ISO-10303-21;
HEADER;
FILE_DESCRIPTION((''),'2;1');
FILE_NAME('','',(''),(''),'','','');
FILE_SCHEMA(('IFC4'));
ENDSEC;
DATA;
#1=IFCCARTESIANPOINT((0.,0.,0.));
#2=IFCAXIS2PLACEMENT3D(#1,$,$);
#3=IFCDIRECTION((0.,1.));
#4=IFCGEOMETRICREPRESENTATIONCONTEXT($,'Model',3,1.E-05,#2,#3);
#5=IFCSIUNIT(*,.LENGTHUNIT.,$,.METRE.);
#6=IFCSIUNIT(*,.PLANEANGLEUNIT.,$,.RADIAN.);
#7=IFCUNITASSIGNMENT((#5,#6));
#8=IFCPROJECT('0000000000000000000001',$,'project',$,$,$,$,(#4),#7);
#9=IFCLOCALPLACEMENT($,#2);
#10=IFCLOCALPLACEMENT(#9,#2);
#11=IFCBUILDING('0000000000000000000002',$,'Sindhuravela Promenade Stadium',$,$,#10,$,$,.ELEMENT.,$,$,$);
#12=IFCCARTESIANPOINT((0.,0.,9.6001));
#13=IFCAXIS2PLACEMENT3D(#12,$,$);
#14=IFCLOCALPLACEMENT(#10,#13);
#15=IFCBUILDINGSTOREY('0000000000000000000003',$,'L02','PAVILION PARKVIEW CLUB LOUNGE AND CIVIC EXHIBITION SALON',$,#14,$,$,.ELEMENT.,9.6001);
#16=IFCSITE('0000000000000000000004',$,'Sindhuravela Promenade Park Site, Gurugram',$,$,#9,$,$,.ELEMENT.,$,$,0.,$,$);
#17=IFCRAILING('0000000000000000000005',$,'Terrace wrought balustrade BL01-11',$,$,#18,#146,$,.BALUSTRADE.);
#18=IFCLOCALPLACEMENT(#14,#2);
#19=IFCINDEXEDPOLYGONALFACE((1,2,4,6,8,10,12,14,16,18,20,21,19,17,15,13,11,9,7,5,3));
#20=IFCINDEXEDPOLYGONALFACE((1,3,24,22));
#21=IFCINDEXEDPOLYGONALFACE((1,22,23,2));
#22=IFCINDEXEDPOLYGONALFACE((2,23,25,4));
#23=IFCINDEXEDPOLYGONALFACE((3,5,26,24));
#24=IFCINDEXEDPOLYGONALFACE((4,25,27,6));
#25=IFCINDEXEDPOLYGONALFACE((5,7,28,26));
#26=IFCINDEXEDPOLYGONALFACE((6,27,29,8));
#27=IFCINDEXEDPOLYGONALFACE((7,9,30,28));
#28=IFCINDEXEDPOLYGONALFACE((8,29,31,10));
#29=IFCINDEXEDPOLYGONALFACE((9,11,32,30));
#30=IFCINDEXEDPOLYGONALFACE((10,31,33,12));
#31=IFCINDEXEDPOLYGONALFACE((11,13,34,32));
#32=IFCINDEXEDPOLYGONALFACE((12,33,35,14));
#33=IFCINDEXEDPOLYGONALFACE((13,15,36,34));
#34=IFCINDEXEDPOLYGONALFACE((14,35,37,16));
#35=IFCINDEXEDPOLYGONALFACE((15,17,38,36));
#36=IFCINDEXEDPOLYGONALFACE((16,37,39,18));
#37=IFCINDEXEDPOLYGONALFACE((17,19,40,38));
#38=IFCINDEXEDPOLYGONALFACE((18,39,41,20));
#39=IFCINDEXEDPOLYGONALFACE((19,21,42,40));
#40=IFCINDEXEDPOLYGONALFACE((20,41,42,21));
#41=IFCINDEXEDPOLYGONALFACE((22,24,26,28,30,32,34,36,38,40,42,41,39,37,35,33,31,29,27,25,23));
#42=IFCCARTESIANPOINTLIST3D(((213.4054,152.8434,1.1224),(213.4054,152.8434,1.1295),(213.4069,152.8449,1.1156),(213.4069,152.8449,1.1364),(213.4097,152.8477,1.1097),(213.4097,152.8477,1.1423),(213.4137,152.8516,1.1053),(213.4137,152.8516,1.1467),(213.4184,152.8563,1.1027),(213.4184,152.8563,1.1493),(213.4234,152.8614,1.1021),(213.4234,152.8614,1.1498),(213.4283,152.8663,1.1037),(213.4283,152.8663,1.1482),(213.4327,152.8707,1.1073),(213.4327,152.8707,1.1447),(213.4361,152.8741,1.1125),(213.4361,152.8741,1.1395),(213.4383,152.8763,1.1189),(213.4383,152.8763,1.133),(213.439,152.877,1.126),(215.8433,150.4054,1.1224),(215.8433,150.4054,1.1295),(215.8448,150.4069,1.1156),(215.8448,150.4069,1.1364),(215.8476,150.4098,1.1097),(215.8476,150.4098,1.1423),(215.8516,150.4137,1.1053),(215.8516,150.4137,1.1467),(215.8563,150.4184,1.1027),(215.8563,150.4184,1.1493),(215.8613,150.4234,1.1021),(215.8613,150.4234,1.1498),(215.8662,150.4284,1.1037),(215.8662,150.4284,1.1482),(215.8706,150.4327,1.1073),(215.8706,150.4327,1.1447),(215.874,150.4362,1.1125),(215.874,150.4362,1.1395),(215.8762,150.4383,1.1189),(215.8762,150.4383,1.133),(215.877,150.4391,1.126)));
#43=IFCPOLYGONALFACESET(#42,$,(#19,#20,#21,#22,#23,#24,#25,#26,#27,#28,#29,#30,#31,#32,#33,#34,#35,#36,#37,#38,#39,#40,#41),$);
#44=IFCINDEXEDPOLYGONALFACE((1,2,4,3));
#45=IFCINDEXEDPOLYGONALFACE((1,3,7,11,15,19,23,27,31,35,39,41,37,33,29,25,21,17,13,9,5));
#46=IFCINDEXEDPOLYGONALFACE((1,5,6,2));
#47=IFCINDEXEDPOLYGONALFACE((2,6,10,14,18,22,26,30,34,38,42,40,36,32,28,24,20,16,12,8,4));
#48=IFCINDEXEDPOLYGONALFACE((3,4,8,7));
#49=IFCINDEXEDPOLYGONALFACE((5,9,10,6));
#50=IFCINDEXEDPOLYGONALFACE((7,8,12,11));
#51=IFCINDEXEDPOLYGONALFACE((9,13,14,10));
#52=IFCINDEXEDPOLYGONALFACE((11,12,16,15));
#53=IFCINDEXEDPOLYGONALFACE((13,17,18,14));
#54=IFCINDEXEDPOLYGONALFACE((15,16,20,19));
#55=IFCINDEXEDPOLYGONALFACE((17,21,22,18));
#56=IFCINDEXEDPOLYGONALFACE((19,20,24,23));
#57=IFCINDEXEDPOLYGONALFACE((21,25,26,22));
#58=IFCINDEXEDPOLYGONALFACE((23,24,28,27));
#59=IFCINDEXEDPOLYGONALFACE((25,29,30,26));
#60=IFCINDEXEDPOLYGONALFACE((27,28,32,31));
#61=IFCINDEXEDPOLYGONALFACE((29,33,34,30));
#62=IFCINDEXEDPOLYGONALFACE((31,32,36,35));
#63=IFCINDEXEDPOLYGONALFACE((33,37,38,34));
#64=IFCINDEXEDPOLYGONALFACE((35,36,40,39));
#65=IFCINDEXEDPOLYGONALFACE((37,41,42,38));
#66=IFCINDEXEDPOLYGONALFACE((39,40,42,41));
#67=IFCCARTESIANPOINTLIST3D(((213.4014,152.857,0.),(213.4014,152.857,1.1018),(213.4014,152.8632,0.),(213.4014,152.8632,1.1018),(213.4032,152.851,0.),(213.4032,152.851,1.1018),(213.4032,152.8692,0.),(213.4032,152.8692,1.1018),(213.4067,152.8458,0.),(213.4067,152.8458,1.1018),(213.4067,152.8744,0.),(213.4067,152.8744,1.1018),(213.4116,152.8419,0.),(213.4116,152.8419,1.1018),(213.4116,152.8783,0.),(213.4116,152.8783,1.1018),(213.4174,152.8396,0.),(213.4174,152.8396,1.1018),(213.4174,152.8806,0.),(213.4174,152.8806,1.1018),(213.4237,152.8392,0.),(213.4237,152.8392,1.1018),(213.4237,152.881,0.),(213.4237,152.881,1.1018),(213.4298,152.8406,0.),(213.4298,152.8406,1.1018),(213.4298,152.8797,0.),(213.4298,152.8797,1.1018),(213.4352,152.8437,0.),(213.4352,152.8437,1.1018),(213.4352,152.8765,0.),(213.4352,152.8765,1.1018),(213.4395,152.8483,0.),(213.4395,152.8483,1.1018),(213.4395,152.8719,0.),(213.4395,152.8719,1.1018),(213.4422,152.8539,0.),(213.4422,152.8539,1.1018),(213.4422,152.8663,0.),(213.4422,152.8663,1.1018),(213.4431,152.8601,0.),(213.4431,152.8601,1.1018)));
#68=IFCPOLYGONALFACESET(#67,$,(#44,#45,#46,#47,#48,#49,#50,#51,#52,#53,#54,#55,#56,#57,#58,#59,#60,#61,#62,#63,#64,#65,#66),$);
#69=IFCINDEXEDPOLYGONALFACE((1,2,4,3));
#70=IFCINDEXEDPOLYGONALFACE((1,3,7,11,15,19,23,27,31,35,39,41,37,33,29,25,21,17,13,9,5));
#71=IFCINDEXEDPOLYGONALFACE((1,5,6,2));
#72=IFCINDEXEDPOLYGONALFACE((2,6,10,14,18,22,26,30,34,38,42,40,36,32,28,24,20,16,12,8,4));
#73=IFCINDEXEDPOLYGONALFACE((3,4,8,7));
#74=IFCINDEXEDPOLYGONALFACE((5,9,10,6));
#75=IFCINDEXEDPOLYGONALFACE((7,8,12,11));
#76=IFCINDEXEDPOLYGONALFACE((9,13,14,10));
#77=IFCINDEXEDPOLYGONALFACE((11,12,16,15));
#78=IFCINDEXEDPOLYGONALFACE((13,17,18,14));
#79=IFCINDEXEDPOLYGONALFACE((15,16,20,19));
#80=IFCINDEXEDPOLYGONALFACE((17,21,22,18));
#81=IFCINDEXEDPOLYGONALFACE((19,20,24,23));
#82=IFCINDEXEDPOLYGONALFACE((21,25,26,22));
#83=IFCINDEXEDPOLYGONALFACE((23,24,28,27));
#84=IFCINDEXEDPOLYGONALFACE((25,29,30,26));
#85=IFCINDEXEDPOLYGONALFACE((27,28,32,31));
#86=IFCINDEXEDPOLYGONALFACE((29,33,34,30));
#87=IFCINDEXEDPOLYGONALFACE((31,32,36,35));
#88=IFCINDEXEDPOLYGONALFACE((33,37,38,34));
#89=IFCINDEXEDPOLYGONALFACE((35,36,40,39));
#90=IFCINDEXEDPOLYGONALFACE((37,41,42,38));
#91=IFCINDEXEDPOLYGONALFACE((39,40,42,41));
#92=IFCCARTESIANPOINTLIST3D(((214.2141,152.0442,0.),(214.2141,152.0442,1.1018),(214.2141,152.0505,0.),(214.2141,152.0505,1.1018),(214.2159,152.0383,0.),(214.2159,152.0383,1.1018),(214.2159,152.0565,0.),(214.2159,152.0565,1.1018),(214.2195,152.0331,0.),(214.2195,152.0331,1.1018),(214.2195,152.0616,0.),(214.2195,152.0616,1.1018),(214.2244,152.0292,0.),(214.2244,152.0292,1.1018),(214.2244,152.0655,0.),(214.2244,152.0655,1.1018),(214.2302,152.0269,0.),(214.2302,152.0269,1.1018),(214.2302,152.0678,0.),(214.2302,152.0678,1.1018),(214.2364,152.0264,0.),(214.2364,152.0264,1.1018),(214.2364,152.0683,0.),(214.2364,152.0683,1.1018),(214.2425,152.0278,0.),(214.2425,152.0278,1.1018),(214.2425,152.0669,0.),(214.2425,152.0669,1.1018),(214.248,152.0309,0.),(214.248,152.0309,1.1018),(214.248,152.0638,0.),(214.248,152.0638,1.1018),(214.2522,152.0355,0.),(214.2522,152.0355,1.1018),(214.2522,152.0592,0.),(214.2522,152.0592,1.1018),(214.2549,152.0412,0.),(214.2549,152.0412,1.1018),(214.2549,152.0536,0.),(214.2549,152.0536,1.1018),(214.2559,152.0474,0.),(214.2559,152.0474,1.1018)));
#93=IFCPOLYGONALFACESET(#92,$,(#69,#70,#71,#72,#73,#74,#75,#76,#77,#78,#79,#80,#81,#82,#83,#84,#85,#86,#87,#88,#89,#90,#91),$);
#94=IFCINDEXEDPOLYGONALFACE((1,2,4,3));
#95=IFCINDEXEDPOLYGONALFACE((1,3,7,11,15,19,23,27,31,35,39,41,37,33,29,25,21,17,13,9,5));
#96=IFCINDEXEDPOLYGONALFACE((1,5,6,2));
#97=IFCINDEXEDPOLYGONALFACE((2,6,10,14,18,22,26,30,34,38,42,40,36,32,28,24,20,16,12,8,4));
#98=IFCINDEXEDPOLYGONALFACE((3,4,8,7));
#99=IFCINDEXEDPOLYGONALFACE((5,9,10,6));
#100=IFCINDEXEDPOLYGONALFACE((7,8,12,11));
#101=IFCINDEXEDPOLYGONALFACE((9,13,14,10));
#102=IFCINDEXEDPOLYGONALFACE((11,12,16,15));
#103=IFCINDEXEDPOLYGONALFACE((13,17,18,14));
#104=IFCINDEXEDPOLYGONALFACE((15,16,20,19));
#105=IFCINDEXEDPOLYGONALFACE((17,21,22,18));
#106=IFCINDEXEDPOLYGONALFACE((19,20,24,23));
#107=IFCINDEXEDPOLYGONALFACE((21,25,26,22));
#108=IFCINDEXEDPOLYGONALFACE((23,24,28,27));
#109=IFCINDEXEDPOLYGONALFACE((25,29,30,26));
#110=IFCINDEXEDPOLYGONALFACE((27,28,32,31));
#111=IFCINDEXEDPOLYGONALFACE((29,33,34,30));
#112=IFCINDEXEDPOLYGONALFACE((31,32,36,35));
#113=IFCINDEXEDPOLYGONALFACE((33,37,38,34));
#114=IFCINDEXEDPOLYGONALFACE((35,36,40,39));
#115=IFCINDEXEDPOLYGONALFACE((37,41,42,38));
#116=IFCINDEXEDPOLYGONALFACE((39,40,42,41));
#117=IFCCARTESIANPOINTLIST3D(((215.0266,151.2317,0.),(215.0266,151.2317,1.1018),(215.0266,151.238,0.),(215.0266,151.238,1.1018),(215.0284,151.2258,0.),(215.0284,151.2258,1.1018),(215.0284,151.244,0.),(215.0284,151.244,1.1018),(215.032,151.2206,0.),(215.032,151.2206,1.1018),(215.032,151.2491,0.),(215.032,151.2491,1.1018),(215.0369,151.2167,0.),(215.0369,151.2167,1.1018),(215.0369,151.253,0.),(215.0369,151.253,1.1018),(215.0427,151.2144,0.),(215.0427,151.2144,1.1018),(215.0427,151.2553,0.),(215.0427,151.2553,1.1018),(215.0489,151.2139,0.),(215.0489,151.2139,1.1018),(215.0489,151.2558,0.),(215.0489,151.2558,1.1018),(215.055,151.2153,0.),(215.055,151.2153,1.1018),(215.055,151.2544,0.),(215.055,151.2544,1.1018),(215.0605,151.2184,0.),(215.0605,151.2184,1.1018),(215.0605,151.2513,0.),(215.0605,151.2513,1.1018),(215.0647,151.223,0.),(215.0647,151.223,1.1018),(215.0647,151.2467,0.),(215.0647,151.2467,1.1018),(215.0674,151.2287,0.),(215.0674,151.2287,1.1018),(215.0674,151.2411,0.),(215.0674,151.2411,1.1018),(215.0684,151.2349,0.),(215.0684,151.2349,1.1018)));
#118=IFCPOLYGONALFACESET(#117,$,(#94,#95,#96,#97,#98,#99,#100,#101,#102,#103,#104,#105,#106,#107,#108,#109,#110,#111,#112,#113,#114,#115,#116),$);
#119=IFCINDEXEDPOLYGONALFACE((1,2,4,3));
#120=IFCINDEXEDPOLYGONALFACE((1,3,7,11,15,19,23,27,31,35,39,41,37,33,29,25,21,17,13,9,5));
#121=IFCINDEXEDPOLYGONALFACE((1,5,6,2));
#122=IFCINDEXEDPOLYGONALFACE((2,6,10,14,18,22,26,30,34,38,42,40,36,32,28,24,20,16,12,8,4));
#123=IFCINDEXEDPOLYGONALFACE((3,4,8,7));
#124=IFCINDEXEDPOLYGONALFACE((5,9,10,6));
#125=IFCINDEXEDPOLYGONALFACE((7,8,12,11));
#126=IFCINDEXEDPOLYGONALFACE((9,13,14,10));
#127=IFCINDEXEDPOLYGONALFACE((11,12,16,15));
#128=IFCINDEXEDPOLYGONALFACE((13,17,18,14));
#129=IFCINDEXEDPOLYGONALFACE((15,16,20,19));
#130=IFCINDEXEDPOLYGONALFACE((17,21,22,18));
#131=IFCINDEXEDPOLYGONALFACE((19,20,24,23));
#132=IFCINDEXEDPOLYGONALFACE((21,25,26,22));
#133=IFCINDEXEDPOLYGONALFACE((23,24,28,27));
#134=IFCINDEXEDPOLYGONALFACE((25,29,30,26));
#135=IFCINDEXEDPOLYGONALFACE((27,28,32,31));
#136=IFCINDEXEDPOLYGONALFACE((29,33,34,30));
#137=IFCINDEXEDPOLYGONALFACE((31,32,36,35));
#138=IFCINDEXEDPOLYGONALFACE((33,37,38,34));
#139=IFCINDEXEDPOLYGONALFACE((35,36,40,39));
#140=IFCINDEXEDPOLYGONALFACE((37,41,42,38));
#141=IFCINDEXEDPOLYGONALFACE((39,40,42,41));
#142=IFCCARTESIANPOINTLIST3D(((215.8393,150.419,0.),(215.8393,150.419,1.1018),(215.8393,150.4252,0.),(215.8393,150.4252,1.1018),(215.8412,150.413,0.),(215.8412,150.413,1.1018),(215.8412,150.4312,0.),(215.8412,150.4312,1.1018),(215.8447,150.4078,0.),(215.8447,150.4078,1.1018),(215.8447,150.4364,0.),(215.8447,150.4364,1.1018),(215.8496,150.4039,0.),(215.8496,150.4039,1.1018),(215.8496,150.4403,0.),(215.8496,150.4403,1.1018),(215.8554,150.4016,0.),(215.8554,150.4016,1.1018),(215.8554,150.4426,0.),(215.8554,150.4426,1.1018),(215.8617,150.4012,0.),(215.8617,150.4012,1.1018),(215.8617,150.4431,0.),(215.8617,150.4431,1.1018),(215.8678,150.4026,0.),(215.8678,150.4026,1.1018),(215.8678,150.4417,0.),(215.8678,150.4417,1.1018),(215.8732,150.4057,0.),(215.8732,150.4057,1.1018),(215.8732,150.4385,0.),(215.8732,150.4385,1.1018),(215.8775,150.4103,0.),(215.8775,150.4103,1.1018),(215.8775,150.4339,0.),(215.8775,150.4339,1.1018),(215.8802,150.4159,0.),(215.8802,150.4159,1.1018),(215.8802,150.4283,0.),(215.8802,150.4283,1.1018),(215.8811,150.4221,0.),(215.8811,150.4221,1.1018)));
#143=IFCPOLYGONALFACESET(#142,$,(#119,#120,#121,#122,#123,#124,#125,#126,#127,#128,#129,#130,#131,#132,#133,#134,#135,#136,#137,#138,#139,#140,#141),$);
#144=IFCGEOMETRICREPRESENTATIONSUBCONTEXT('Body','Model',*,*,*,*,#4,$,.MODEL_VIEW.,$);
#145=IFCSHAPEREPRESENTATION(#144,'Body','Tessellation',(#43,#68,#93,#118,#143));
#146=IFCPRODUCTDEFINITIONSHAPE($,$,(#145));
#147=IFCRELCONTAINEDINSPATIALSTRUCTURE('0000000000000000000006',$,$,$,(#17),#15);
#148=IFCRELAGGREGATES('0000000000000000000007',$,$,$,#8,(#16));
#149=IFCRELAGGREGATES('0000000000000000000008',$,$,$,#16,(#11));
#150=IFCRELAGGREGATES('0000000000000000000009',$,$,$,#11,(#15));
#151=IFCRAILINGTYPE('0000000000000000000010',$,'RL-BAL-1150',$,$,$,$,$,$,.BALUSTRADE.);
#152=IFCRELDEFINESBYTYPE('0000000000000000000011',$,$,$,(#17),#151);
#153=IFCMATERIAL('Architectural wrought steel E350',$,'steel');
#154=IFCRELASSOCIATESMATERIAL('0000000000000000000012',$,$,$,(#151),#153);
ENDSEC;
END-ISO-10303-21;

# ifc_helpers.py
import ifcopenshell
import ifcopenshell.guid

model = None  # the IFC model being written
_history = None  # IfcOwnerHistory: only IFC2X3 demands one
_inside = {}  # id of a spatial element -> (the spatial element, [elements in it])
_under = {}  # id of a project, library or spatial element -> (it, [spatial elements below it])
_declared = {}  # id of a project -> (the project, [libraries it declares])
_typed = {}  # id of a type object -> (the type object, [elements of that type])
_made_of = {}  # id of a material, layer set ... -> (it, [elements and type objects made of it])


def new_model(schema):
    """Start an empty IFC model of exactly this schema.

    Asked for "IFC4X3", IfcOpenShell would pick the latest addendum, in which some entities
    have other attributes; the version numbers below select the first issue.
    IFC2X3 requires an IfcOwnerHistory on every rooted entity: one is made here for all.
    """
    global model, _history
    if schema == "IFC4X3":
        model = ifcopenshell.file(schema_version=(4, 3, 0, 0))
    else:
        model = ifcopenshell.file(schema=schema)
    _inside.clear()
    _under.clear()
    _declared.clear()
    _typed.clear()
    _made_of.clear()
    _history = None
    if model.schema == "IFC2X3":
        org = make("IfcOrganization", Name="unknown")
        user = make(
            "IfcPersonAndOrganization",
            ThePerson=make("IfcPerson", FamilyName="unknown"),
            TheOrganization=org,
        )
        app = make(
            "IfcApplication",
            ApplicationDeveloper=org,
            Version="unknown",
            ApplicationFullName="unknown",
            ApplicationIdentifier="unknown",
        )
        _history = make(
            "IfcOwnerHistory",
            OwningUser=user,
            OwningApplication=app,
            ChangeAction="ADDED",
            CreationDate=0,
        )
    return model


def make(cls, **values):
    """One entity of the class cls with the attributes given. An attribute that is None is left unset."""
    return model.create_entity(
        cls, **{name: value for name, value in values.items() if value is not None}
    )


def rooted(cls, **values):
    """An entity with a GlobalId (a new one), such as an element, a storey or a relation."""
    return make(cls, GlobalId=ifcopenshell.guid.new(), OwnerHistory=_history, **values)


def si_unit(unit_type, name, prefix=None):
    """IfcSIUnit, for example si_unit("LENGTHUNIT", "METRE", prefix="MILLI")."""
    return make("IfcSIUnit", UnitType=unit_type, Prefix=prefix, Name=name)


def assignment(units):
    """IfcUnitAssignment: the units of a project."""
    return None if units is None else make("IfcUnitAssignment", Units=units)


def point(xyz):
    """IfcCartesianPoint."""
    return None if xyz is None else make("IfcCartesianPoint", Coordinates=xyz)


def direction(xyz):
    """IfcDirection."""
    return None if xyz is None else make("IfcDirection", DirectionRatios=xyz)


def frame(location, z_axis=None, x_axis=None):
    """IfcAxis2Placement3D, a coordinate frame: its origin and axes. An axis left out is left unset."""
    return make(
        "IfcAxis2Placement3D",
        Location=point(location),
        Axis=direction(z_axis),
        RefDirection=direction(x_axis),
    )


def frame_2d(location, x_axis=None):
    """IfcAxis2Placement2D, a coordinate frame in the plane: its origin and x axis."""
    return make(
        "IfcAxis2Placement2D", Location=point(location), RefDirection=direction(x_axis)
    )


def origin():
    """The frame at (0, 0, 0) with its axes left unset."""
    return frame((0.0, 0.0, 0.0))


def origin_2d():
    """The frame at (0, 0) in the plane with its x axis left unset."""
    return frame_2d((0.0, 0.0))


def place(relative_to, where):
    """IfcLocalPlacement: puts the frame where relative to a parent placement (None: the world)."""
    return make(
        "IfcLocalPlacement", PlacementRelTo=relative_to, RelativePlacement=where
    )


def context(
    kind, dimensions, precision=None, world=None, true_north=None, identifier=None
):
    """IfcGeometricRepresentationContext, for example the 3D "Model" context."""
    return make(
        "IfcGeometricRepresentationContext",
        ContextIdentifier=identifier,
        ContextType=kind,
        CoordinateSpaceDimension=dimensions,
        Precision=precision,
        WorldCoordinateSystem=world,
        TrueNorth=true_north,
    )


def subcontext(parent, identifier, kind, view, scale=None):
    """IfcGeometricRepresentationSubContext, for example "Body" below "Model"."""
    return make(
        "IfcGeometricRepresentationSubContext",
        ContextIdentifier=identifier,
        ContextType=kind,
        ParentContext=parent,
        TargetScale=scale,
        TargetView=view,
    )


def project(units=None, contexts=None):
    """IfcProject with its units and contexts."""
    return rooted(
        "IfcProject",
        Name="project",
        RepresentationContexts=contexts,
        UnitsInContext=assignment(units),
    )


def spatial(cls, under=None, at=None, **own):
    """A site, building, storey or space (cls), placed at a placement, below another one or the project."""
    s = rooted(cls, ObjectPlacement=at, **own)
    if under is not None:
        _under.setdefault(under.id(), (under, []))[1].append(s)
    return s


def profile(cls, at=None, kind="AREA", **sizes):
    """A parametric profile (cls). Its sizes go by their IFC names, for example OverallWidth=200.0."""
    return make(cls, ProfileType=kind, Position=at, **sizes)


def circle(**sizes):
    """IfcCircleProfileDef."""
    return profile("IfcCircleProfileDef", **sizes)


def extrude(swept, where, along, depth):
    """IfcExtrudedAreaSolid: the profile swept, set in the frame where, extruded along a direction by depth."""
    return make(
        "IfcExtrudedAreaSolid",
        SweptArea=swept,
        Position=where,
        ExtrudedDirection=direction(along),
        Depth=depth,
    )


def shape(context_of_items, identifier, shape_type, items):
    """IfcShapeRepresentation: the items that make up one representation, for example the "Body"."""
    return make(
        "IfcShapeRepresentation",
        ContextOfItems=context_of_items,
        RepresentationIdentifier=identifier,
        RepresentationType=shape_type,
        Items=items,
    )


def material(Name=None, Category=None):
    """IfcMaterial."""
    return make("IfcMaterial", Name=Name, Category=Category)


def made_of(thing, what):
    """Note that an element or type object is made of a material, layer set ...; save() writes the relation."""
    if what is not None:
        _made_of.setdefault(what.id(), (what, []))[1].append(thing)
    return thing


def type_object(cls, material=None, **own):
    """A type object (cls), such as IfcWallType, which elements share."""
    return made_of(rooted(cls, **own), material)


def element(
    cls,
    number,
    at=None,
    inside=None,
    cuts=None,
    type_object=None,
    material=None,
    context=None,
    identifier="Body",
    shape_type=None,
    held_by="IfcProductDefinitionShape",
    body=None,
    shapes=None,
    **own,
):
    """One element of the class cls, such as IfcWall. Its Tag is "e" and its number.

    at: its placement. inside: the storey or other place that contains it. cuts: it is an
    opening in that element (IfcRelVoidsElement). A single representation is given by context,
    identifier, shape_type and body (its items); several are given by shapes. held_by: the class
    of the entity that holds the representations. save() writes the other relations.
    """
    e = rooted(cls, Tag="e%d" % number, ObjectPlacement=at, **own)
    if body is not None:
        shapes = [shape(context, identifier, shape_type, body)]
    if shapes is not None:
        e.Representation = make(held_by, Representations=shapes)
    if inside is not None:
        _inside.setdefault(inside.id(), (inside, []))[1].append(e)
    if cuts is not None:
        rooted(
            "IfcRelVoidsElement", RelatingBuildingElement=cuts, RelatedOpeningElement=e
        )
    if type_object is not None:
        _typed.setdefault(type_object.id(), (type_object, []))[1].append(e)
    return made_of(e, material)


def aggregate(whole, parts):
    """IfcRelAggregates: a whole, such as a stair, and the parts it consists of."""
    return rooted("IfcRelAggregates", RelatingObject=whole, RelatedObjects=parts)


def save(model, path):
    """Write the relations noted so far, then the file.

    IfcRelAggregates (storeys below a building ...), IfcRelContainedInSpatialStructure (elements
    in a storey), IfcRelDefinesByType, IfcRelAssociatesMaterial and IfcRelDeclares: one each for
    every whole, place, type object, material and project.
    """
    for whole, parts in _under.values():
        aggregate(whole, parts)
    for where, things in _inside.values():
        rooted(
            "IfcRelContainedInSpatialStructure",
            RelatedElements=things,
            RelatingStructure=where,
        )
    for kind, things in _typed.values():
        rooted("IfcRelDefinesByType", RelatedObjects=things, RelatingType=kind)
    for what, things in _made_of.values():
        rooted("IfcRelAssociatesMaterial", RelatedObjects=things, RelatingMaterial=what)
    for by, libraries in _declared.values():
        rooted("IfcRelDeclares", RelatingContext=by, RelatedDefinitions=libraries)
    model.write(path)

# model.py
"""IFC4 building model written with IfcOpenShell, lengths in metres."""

from ifc_helpers import new_model, si_unit, direction, frame, origin, origin_2d, place, context, subcontext, project, spatial, circle, extrude, material, type_object, element, save


model = new_model("IFC4")

# Units and contexts
model_context = context("Model", 3, precision=1e-05, world=origin(), true_north=direction((0.0, 1.0)))
body_context = subcontext(model_context, "Body", "Model", "MODEL_VIEW")
ifc_project = project(units=[si_unit("LENGTHUNIT", "METRE"), si_unit("PLANEANGLEUNIT", "RADIAN")], contexts=[model_context])

# Site, building, storey
site_placement = place(None, origin())
site = spatial("IfcSite", under=ifc_project, at=site_placement, Name="Sindhuravela Promenade Park Site, Gurugram", CompositionType="ELEMENT", RefElevation=0.0)
building_placement = place(site_placement, origin())
building = spatial("IfcBuilding", under=site, at=building_placement, Name="Sindhuravela Promenade Stadium", CompositionType="ELEMENT")
storey_placement = place(building_placement, frame((0.0, 0.0, 9.6001)))
storey = spatial("IfcBuildingStorey", under=building, at=storey_placement, Name="L02", Description="PAVILION PARKVIEW CLUB LOUNGE AND CIVIC EXHIBITION SALON", CompositionType="ELEMENT", Elevation=9.6001)

# Railing
ifc_material_1 = material(Name="Architectural wrought steel E350", Category="steel")
railing_type = type_object("IfcRailingType", Name="RL-BAL-1150", PredefinedType="BALUSTRADE", material=ifc_material_1)
railing_1_placement = place(storey_placement, frame((213.4221, 152.8601, 0.0)))
element("IfcRailing", 1, at=railing_1_placement, inside=storey, type_object=railing_type, Name="Terrace wrought balustrade BL01-11", PredefinedType="BALUSTRADE", context=body_context, shape_type="SweptSolid", body=[
    extrude(circle(Radius=0.0239, at=origin_2d()), frame((0.0, 0.0, 1.126), z_axis=(0.707107, -0.707107, 0.0), x_axis=(0.707107, 0.707107, 0.0)), (0.0, 0.0, 1.0), 3.4478),
    extrude(circle(Radius=0.021, at=origin_2d()), origin(), (0.0, 0.0, 1.0), 1.1018),
    extrude(circle(Radius=0.021, at=origin_2d()), frame((0.8127, -0.8127, 0.0)), (0.0, 0.0, 1.0), 1.1018),
    extrude(circle(Radius=0.021, at=origin_2d()), frame((1.6252, -1.6252, 0.0)), (0.0, 0.0, 1.0), 1.1018),
    extrude(circle(Radius=0.021, at=origin_2d()), frame((2.438, -2.438, 0.0)), (0.0, 0.0, 1.0), 1.1018),
])

save(model, "model.ifc")
